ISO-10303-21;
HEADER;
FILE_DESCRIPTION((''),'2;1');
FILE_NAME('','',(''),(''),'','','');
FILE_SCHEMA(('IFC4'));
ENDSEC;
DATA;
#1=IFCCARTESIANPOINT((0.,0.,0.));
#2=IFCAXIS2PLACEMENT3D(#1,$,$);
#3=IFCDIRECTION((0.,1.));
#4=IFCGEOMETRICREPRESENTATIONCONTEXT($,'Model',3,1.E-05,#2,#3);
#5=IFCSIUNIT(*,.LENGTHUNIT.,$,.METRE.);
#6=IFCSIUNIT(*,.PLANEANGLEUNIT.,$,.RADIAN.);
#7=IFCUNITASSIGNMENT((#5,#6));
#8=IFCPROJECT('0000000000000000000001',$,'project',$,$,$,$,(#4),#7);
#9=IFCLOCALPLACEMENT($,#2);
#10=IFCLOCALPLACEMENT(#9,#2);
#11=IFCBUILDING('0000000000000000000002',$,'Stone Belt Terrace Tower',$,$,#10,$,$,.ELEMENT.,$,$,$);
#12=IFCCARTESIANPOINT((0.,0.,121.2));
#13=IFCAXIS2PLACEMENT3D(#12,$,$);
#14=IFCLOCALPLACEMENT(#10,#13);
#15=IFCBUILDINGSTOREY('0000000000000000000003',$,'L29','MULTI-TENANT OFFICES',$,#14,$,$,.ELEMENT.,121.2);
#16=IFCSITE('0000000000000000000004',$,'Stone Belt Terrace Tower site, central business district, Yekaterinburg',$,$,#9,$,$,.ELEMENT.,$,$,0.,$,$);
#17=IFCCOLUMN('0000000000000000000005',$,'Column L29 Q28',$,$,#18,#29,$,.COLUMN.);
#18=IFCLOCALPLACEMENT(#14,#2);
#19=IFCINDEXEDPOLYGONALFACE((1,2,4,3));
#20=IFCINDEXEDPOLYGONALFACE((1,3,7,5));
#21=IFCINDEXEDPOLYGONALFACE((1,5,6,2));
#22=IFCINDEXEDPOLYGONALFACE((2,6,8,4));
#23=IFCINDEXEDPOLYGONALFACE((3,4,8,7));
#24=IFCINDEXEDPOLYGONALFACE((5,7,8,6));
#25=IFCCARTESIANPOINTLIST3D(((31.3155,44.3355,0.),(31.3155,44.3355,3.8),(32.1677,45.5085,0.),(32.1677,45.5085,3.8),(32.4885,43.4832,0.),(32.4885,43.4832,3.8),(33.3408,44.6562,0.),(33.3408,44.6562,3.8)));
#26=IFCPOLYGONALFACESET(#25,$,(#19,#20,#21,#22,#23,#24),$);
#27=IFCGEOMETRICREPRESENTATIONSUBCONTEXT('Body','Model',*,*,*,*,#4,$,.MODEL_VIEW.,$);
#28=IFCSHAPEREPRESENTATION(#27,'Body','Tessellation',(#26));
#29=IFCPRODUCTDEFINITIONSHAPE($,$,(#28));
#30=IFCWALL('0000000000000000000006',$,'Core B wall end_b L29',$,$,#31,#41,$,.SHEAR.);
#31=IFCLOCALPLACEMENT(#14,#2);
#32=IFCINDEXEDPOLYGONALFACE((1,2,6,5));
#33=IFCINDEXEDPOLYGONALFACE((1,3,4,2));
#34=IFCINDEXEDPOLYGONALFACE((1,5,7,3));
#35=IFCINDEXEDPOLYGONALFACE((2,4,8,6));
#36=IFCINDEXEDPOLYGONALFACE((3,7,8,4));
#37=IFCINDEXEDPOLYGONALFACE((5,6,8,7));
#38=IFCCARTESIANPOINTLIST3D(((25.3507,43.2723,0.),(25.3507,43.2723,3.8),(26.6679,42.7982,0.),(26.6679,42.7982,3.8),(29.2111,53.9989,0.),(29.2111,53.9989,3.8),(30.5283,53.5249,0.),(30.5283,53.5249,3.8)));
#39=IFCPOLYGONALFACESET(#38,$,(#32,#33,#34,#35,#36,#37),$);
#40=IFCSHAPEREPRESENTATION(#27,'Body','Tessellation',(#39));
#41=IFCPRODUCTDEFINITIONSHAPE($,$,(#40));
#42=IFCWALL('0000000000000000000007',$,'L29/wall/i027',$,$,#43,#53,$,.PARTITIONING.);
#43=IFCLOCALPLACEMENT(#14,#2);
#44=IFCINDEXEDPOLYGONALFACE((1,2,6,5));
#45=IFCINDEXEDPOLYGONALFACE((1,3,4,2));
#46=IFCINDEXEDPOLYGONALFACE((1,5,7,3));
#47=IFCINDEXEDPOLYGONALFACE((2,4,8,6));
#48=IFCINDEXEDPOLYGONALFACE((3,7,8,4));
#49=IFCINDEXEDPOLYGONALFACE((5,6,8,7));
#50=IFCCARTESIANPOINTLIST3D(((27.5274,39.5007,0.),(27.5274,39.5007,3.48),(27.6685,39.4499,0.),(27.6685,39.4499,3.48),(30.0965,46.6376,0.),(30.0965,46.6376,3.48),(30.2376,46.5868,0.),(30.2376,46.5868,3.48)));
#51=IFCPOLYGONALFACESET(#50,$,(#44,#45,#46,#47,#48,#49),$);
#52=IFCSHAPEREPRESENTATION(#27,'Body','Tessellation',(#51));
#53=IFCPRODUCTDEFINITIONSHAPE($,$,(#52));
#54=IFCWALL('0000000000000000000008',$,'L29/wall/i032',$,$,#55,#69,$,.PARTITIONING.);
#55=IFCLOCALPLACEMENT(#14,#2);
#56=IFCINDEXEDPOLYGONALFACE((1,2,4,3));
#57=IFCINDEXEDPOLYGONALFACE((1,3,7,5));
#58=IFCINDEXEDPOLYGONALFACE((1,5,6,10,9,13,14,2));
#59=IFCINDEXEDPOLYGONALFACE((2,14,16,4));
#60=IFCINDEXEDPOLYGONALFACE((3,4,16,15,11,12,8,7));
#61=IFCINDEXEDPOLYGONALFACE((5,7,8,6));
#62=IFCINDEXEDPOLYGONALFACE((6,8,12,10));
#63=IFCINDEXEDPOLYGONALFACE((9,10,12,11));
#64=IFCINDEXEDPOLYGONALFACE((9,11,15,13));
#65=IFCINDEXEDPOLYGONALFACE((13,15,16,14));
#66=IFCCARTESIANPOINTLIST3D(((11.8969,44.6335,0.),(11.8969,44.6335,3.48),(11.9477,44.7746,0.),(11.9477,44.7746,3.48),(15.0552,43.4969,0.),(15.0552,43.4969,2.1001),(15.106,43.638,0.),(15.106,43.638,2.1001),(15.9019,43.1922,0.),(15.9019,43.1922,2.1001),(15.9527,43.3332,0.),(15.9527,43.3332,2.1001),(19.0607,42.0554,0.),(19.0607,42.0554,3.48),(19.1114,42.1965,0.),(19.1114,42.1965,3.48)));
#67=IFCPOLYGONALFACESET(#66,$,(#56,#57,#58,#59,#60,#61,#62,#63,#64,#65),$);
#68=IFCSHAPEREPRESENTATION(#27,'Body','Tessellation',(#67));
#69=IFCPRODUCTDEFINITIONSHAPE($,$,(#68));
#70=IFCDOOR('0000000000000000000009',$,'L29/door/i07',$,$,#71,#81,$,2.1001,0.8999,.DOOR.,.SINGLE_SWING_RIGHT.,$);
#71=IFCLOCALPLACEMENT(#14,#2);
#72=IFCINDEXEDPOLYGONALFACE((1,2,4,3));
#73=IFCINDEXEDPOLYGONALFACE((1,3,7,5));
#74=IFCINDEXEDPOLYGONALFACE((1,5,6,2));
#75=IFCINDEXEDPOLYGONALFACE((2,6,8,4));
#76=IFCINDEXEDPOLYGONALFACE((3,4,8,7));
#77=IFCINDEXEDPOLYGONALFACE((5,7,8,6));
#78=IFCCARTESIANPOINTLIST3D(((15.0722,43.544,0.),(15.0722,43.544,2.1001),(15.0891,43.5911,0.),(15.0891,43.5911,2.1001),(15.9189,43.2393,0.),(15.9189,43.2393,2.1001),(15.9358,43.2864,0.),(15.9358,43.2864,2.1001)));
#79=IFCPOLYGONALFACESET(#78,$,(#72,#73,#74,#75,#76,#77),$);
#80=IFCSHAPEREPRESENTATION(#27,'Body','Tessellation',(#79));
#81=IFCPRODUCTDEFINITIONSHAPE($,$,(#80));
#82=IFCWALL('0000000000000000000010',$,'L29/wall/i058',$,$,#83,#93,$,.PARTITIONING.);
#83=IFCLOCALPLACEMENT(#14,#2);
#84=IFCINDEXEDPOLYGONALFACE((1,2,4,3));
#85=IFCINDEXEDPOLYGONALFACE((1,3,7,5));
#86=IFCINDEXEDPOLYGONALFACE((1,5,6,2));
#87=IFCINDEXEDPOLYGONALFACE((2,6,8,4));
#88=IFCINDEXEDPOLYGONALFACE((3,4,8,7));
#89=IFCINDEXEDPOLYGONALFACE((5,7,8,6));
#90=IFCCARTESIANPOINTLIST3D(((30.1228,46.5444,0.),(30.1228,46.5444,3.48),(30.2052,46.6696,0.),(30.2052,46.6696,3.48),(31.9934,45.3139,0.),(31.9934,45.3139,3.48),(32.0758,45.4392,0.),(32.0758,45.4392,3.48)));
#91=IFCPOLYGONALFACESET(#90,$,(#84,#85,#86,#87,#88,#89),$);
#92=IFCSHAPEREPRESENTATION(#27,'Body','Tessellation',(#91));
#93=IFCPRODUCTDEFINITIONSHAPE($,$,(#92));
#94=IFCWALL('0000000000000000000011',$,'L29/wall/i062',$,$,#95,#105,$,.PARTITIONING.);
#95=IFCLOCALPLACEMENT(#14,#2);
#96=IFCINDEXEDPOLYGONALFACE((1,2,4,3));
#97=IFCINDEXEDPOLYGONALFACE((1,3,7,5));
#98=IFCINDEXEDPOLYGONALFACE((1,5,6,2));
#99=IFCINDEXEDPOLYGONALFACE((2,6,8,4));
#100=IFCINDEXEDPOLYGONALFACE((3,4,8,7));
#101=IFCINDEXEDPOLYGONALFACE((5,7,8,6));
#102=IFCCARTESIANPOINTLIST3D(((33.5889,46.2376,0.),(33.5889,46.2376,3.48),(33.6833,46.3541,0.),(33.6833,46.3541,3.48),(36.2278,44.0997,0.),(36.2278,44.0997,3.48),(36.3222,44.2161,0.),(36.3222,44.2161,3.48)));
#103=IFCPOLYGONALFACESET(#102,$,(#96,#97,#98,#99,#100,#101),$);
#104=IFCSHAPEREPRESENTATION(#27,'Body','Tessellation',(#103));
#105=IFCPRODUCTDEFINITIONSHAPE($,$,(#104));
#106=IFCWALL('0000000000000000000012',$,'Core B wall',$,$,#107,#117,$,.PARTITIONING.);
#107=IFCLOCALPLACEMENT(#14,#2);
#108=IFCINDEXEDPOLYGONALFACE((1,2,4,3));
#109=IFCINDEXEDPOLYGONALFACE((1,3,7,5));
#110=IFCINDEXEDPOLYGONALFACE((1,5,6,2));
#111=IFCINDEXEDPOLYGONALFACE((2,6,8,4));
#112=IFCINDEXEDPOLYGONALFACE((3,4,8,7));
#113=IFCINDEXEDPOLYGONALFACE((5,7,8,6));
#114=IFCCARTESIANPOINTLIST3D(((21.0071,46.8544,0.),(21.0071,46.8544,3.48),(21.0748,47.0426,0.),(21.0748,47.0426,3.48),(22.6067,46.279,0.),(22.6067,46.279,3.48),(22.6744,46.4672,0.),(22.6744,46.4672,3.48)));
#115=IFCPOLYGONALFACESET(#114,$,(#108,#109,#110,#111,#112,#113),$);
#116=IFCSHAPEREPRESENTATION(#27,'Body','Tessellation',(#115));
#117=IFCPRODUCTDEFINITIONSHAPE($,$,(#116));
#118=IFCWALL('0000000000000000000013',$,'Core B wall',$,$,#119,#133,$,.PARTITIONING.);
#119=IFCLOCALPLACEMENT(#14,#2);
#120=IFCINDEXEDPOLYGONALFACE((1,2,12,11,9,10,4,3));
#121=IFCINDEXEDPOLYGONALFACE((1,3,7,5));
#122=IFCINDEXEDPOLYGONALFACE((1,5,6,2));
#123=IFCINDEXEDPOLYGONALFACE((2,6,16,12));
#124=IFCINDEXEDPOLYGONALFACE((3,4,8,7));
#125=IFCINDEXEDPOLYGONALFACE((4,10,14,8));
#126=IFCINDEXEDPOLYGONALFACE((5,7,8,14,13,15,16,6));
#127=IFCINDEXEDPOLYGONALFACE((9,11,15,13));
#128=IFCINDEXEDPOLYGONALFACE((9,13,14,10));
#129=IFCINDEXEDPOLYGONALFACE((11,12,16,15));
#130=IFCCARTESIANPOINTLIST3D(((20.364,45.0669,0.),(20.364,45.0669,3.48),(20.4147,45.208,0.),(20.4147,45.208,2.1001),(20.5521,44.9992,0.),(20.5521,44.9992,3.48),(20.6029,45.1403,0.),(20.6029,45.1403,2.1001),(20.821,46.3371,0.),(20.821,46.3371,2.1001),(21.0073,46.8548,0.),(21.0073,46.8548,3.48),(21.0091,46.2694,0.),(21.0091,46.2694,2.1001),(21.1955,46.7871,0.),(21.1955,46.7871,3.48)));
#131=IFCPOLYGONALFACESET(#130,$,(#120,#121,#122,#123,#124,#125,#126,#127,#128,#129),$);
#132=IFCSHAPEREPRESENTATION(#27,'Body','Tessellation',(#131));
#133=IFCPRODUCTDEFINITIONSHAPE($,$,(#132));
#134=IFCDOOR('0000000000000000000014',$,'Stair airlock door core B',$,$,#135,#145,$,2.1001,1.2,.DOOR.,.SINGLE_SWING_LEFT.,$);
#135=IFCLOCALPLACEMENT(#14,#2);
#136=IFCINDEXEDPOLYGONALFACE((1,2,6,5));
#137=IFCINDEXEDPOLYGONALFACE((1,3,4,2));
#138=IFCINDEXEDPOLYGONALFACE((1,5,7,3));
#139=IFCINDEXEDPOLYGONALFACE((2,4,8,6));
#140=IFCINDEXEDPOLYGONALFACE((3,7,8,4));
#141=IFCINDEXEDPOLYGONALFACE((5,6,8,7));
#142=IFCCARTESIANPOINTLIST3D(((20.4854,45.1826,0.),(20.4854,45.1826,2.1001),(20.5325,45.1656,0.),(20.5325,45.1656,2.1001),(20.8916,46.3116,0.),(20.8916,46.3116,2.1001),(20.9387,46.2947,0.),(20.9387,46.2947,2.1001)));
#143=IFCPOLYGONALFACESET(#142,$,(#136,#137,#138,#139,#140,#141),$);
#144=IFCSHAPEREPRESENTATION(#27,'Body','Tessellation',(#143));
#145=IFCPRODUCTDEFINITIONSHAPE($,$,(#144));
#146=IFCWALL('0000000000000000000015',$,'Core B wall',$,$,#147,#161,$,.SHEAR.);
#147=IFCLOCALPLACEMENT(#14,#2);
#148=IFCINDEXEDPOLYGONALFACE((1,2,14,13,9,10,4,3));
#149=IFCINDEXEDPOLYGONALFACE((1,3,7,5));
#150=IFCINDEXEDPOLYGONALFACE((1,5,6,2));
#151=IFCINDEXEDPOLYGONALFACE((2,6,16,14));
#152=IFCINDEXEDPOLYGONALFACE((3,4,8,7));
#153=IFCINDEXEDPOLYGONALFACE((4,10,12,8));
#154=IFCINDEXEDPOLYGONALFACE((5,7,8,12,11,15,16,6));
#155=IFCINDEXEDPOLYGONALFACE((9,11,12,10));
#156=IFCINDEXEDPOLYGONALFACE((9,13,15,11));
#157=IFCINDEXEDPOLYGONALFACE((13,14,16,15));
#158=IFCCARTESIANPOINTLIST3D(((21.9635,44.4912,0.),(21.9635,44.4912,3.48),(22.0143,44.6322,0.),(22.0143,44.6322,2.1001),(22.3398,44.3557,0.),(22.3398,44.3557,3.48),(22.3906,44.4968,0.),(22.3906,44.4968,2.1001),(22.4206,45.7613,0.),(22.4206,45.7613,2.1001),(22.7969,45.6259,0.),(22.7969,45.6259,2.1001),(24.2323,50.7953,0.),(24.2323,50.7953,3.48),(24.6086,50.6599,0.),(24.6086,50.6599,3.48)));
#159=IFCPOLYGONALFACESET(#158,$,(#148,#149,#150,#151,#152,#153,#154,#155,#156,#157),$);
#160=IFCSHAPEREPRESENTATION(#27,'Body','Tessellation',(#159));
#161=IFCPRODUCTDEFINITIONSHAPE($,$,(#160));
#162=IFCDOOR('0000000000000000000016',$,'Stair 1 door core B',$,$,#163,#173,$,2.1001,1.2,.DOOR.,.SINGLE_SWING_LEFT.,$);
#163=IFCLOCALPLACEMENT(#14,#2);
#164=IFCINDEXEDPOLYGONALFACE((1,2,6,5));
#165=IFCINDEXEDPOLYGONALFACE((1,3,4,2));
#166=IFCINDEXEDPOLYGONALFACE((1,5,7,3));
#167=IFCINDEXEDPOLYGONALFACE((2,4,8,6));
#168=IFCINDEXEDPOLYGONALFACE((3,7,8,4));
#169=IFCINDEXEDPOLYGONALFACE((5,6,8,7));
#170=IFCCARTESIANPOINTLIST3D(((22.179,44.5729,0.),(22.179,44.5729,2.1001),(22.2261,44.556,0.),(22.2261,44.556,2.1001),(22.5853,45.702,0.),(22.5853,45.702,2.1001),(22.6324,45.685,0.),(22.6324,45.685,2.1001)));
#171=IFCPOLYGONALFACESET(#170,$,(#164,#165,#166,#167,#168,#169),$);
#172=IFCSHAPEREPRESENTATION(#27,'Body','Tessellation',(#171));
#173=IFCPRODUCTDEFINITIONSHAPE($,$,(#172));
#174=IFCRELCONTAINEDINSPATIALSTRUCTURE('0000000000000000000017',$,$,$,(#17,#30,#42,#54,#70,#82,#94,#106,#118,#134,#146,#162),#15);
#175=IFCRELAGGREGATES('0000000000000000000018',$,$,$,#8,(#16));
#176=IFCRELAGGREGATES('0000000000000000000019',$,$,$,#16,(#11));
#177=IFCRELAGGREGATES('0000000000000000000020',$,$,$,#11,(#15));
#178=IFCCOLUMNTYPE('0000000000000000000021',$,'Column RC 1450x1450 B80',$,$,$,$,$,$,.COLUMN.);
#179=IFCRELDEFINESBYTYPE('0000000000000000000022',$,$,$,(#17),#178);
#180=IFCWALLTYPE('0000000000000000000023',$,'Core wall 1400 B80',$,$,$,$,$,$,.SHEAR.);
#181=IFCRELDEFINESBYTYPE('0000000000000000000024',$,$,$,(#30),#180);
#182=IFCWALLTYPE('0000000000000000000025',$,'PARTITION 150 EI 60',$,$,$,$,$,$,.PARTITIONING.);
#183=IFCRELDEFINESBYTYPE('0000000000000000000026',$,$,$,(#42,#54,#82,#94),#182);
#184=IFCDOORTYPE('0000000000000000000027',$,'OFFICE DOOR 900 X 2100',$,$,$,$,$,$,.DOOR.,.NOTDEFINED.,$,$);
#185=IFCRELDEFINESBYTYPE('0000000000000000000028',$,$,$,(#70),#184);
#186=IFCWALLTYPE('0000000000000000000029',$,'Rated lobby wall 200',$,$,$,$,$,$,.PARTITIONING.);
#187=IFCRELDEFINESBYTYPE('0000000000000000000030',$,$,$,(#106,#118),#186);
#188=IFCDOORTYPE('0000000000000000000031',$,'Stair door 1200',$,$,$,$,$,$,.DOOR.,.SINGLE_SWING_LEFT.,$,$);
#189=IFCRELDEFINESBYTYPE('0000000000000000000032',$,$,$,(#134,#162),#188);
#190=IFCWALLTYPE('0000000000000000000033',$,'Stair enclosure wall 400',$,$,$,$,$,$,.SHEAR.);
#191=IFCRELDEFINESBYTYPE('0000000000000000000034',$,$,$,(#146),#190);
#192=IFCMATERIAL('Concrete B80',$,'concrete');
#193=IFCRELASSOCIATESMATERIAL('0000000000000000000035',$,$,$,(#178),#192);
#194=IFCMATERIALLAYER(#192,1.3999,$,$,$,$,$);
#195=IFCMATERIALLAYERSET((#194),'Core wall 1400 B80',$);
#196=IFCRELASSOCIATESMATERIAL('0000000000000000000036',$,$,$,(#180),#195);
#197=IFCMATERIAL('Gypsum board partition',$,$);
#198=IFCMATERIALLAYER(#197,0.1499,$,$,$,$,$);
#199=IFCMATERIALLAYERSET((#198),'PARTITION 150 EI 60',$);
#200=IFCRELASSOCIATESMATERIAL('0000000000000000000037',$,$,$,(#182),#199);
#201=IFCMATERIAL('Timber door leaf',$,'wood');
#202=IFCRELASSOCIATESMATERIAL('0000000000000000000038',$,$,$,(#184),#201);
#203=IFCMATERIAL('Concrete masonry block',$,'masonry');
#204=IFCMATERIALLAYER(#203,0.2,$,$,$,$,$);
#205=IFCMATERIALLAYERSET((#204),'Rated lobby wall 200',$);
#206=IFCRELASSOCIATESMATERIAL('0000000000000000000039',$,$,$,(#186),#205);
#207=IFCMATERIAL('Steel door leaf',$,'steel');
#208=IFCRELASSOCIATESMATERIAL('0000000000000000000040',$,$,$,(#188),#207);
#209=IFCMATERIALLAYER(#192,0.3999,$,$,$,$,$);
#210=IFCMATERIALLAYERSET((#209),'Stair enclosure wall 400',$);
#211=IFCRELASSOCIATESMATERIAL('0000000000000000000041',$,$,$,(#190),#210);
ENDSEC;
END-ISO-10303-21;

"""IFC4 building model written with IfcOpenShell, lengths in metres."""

from ifc_helpers import new_model, si_unit, direction, frame, frame_2d, origin, origin_2d, place, context, subcontext, project, spatial, rectangle, extrude, material, layer, layer_set, material_profile, profile_set, type_object, element, fill, save


model = new_model("IFC4")

# Units and contexts
model_context = context("Model", 3, precision=1e-05, world=origin(), true_north=direction((0.0, 1.0)))
body_context = subcontext(model_context, "Body", "Model", "MODEL_VIEW")
ifc_project = project(units=[si_unit("LENGTHUNIT", "METRE"), si_unit("PLANEANGLEUNIT", "RADIAN")], contexts=[model_context])

# Site, building, storey
site_placement = place(None, origin())
site = spatial("IfcSite", under=ifc_project, at=site_placement, Name="Stone Belt Terrace Tower site, central business district, Yekaterinburg", CompositionType="ELEMENT", RefElevation=0.0)
building_placement = place(site_placement, origin())
building = spatial("IfcBuilding", under=site, at=building_placement, Name="Stone Belt Terrace Tower", CompositionType="ELEMENT")
storey_placement = place(building_placement, frame((0.0, 0.0, 121.2)))
storey = spatial("IfcBuildingStorey", under=building, at=storey_placement, Name="L29", Description="MULTI-TENANT OFFICES", CompositionType="ELEMENT", Elevation=121.2)

# Column
ifc_material_1 = material(Name="Concrete B80", Category="concrete")
ifc_material_profile = material_profile(ifc_material_1, rectangle(XDim=1.45, YDim=1.45, at=origin_2d()), Name="RC 1450x1450")
ifc_profile_set = profile_set([ifc_material_profile], Name="Concrete B80")
column_type = type_object("IfcColumnType", Name="Column RC 1450x1450 B80", PredefinedType="COLUMN", material=ifc_profile_set)
column_placement = place(storey_placement, frame((32.3281, 44.4958, 0.0), z_axis=(0.0, 0.0, 1.0), x_axis=(0.809017, -0.587785, 0.0)))
element("IfcColumn", 1, at=column_placement, inside=storey, type_object=column_type, Name="Column L29 Q28", PredefinedType="COLUMN", context=body_context, shape_type="SweptSolid", body=[
    extrude(rectangle(XDim=1.45, YDim=1.45, at=origin_2d()), origin(), (0.0, 0.0, 1.0), 3.8),
])

# Walls
ifc_layer_1 = layer(ifc_material_1, 1.3999)
ifc_layer_set_1 = layer_set([ifc_layer_1], Name="Core wall 1400 B80")
wall_type_1 = type_object("IfcWallType", Name="Core wall 1400 B80", PredefinedType="SHEAR", material=ifc_layer_set_1)
wall_1_placement = place(storey_placement, frame((26.0093, 43.0352, 0.0), z_axis=(0.0, 0.0, 1.0), x_axis=(0.338625, 0.940921, 0.0)))
element("IfcWall", 2, at=wall_1_placement, inside=storey, type_object=wall_type_1, Name="Core B wall end_b L29", PredefinedType="SHEAR", context=body_context, shape_type="SweptSolid", body=[
    extrude(rectangle(XDim=11.4001, YDim=1.3999, at=frame_2d((5.7002, 0.0))), origin(), (0.0, 0.0, 1.0), 3.8),
])
ifc_material_2 = material(Name="Gypsum board partition")
ifc_layer_2 = layer(ifc_material_2, 0.1499)
ifc_layer_set_2 = layer_set([ifc_layer_2], Name="PARTITION 150 EI 60")
wall_type_2 = type_object("IfcWallType", Name="PARTITION 150 EI 60", PredefinedType="PARTITIONING", material=ifc_layer_set_2)
wall_2_placement = place(storey_placement, frame((30.167, 46.6121, 0.0), z_axis=(0.0, 0.0, 1.0), x_axis=(-0.338694, -0.940896, 0.0)))
element("IfcWall", 3, at=wall_2_placement, inside=storey, type_object=wall_type_2, Name="L29/wall/i027", PredefinedType="PARTITIONING", context=body_context, shape_type="SweptSolid", body=[
    extrude(rectangle(XDim=7.5852, YDim=0.1499, at=frame_2d((3.7925, 0.0))), origin(), (0.0, 0.0, 1.0), 3.48),
])

# Wall, opening, door
wall_3_placement = place(storey_placement, frame((19.0859, 42.126, 0.0), z_axis=(0.0, 0.0, 1.0), x_axis=(-0.940923, 0.338621, 0.0)))
wall_3 = element("IfcWall", 4, at=wall_3_placement, inside=storey, type_object=wall_type_2, Name="L29/wall/i032", PredefinedType="PARTITIONING", context=body_context, shape_type="SweptSolid", body=[
    extrude(rectangle(XDim=7.6135, YDim=0.1499, at=frame_2d((3.8066, 0.0))), origin(), (0.0, 0.0, 1.0), 3.48),
])
opening_1_placement = place(wall_3_placement, frame((3.3569, 0.0, 0.0)))
opening_1 = element("IfcOpeningElement", 5, at=opening_1_placement, cuts=wall_3, PredefinedType="OPENING", context=body_context, shape_type="SweptSolid", body=[
    extrude(rectangle(XDim=0.8999, YDim=2.1001, at=frame_2d((0.45, 1.05))), frame((0.0, 0.085, 0.0), z_axis=(0.0, -1.0, 0.0), x_axis=(1.0, 0.0, 0.0)), (0.0, 0.0, 1.0), 0.1699),
])
ifc_material_3 = material(Name="Timber door leaf", Category="wood")
door_type_1 = type_object("IfcDoorType", Name="OFFICE DOOR 900 X 2100", OperationType="NOTDEFINED", PredefinedType="DOOR", material=ifc_material_3)
door_1_placement = place(opening_1_placement, origin())
door_1 = element("IfcDoor", 6, at=door_1_placement, inside=storey, type_object=door_type_1, Name="L29/door/i07", OperationType="SINGLE_SWING_RIGHT", OverallHeight=2.1001, OverallWidth=0.8999, PredefinedType="DOOR", context=body_context, shape_type="SweptSolid", body=[
    extrude(rectangle(XDim=0.8999, YDim=2.1001, at=frame_2d((0.45, 1.05))), frame((0.0, 0.0249, 0.0), z_axis=(0.0, -1.0, 0.0), x_axis=(1.0, 0.0, 0.0)), (0.0, 0.0, 1.0), 0.05),
])
fill(opening_1, door_1)

# Walls
wall_4_placement = place(storey_placement, frame((32.0347, 45.3765, 0.0), z_axis=(0.0, 0.0, 1.0), x_axis=(-0.835457, 0.549556, 0.0)))
element("IfcWall", 7, at=wall_4_placement, inside=storey, type_object=wall_type_2, Name="L29/wall/i058", PredefinedType="PARTITIONING", context=body_context, shape_type="SweptSolid", body=[
    extrude(rectangle(XDim=2.239, YDim=0.1499, at=frame_2d((1.1196, 0.0))), origin(), (0.0, 0.0, 1.0), 3.48),
])
wall_5_placement = place(storey_placement, frame((33.636, 46.2959, 0.0), z_axis=(0.0, 0.0, 1.0), x_axis=(0.777004, -0.629496, 0.0)))
element("IfcWall", 8, at=wall_5_placement, inside=storey, type_object=wall_type_2, Name="L29/wall/i062", PredefinedType="PARTITIONING", context=body_context, shape_type="SweptSolid", body=[
    extrude(rectangle(XDim=3.3962, YDim=0.1499, at=frame_2d((1.6982, 0.0))), origin(), (0.0, 0.0, 1.0), 3.48),
])
ifc_material_4 = material(Name="Concrete masonry block", Category="masonry")
ifc_layer_3 = layer(ifc_material_4, 0.2)
ifc_layer_set_3 = layer_set([ifc_layer_3], Name="Rated lobby wall 200")
wall_type_3 = type_object("IfcWallType", Name="Rated lobby wall 200", PredefinedType="PARTITIONING", material=ifc_layer_set_3)
wall_6_placement = place(storey_placement, frame((22.6406, 46.373, 0.0), z_axis=(0.0, 0.0, 1.0), x_axis=(-0.940966, 0.338501, 0.0)))
element("IfcWall", 9, at=wall_6_placement, inside=storey, type_object=wall_type_3, Name="Core B wall", PredefinedType="PARTITIONING", context=body_context, shape_type="SweptSolid", body=[
    extrude(rectangle(XDim=1.7, YDim=0.2, at=frame_2d((0.8501, 0.0))), origin(), (0.0, 0.0, 1.0), 3.48),
])

# Walls, openings, doors
wall_7_placement = place(storey_placement, frame((20.458, 45.033, 0.0), z_axis=(0.0, 0.0, 1.0), x_axis=(0.338574, 0.94094, 0.0)))
wall_7 = element("IfcWall", 10, at=wall_7_placement, inside=storey, type_object=wall_type_3, Name="Core B wall", PredefinedType="PARTITIONING", context=body_context, shape_type="SweptSolid", body=[
    extrude(rectangle(XDim=1.9001, YDim=0.2, at=frame_2d((0.9502, 0.0))), origin(), (0.0, 0.0, 1.0), 3.48),
])
opening_2_placement = place(wall_7_placement, frame((0.1499, 0.0, 0.0)))
opening_2 = element("IfcOpeningElement", 11, at=opening_2_placement, cuts=wall_7, PredefinedType="OPENING", context=body_context, shape_type="SweptSolid", body=[
    extrude(rectangle(XDim=1.2, YDim=2.1001, at=frame_2d((0.6001, 1.05))), frame((0.0, 0.1099, 0.0), z_axis=(0.0, -1.0, 0.0), x_axis=(1.0, 0.0, 0.0)), (0.0, 0.0, 1.0), 0.22),
])
ifc_material_5 = material(Name="Steel door leaf", Category="steel")
door_type_2 = type_object("IfcDoorType", Name="Stair door 1200", OperationType="SINGLE_SWING_LEFT", PredefinedType="DOOR", material=ifc_material_5)
door_2_placement = place(opening_2_placement, origin())
door_2 = element("IfcDoor", 12, at=door_2_placement, inside=storey, type_object=door_type_2, Name="Stair airlock door core B", OperationType="SINGLE_SWING_LEFT", OverallHeight=2.1001, OverallWidth=1.2, PredefinedType="DOOR", context=body_context, shape_type="SweptSolid", body=[
    extrude(rectangle(XDim=1.2, YDim=2.1001, at=frame_2d((0.6001, 1.05))), frame((0.0, 0.0249, 0.0), z_axis=(0.0, -1.0, 0.0), x_axis=(1.0, 0.0, 0.0)), (0.0, 0.0, 1.0), 0.05),
])
fill(opening_2, door_2)
ifc_layer_4 = layer(ifc_material_1, 0.3999)
ifc_layer_set_4 = layer_set([ifc_layer_4], Name="Stair enclosure wall 400")
wall_type_4 = type_object("IfcWallType", Name="Stair enclosure wall 400", PredefinedType="SHEAR", material=ifc_layer_set_4)
wall_8_placement = place(storey_placement, frame((22.1516, 44.4233, 0.0), z_axis=(0.0, 0.0, 1.0), x_axis=(0.338625, 0.940921, 0.0)))
wall_8 = element("IfcWall", 13, at=wall_8_placement, inside=storey, type_object=wall_type_4, Name="Core B wall", PredefinedType="SHEAR", context=body_context, shape_type="SweptSolid", body=[
    extrude(rectangle(XDim=6.7, YDim=0.3999, at=frame_2d((3.3501, 0.0))), origin(), (0.0, 0.0, 1.0), 3.48),
])
opening_3_placement = place(wall_8_placement, frame((0.1499, 0.0, 0.0)))
opening_3 = element("IfcOpeningElement", 14, at=opening_3_placement, cuts=wall_8, PredefinedType="OPENING", context=body_context, shape_type="SweptSolid", body=[
    extrude(rectangle(XDim=1.2, YDim=2.1001, at=frame_2d((0.6001, 1.05))), frame((0.0, 0.21, 0.0), z_axis=(0.0, -1.0, 0.0), x_axis=(1.0, 0.0, 0.0)), (0.0, 0.0, 1.0), 0.4199),
])
door_3_placement = place(opening_3_placement, origin())
door_3 = element("IfcDoor", 15, at=door_3_placement, inside=storey, type_object=door_type_2, Name="Stair 1 door core B", OperationType="SINGLE_SWING_LEFT", OverallHeight=2.1001, OverallWidth=1.2, PredefinedType="DOOR", context=body_context, shape_type="SweptSolid", body=[
    extrude(rectangle(XDim=1.2, YDim=2.1001, at=frame_2d((0.6001, 1.05))), frame((0.0, 0.0249, 0.0), z_axis=(0.0, -1.0, 0.0), x_axis=(1.0, 0.0, 0.0)), (0.0, 0.0, 1.0), 0.05),
])
fill(opening_3, door_3)

save(model, "model.ifc")
